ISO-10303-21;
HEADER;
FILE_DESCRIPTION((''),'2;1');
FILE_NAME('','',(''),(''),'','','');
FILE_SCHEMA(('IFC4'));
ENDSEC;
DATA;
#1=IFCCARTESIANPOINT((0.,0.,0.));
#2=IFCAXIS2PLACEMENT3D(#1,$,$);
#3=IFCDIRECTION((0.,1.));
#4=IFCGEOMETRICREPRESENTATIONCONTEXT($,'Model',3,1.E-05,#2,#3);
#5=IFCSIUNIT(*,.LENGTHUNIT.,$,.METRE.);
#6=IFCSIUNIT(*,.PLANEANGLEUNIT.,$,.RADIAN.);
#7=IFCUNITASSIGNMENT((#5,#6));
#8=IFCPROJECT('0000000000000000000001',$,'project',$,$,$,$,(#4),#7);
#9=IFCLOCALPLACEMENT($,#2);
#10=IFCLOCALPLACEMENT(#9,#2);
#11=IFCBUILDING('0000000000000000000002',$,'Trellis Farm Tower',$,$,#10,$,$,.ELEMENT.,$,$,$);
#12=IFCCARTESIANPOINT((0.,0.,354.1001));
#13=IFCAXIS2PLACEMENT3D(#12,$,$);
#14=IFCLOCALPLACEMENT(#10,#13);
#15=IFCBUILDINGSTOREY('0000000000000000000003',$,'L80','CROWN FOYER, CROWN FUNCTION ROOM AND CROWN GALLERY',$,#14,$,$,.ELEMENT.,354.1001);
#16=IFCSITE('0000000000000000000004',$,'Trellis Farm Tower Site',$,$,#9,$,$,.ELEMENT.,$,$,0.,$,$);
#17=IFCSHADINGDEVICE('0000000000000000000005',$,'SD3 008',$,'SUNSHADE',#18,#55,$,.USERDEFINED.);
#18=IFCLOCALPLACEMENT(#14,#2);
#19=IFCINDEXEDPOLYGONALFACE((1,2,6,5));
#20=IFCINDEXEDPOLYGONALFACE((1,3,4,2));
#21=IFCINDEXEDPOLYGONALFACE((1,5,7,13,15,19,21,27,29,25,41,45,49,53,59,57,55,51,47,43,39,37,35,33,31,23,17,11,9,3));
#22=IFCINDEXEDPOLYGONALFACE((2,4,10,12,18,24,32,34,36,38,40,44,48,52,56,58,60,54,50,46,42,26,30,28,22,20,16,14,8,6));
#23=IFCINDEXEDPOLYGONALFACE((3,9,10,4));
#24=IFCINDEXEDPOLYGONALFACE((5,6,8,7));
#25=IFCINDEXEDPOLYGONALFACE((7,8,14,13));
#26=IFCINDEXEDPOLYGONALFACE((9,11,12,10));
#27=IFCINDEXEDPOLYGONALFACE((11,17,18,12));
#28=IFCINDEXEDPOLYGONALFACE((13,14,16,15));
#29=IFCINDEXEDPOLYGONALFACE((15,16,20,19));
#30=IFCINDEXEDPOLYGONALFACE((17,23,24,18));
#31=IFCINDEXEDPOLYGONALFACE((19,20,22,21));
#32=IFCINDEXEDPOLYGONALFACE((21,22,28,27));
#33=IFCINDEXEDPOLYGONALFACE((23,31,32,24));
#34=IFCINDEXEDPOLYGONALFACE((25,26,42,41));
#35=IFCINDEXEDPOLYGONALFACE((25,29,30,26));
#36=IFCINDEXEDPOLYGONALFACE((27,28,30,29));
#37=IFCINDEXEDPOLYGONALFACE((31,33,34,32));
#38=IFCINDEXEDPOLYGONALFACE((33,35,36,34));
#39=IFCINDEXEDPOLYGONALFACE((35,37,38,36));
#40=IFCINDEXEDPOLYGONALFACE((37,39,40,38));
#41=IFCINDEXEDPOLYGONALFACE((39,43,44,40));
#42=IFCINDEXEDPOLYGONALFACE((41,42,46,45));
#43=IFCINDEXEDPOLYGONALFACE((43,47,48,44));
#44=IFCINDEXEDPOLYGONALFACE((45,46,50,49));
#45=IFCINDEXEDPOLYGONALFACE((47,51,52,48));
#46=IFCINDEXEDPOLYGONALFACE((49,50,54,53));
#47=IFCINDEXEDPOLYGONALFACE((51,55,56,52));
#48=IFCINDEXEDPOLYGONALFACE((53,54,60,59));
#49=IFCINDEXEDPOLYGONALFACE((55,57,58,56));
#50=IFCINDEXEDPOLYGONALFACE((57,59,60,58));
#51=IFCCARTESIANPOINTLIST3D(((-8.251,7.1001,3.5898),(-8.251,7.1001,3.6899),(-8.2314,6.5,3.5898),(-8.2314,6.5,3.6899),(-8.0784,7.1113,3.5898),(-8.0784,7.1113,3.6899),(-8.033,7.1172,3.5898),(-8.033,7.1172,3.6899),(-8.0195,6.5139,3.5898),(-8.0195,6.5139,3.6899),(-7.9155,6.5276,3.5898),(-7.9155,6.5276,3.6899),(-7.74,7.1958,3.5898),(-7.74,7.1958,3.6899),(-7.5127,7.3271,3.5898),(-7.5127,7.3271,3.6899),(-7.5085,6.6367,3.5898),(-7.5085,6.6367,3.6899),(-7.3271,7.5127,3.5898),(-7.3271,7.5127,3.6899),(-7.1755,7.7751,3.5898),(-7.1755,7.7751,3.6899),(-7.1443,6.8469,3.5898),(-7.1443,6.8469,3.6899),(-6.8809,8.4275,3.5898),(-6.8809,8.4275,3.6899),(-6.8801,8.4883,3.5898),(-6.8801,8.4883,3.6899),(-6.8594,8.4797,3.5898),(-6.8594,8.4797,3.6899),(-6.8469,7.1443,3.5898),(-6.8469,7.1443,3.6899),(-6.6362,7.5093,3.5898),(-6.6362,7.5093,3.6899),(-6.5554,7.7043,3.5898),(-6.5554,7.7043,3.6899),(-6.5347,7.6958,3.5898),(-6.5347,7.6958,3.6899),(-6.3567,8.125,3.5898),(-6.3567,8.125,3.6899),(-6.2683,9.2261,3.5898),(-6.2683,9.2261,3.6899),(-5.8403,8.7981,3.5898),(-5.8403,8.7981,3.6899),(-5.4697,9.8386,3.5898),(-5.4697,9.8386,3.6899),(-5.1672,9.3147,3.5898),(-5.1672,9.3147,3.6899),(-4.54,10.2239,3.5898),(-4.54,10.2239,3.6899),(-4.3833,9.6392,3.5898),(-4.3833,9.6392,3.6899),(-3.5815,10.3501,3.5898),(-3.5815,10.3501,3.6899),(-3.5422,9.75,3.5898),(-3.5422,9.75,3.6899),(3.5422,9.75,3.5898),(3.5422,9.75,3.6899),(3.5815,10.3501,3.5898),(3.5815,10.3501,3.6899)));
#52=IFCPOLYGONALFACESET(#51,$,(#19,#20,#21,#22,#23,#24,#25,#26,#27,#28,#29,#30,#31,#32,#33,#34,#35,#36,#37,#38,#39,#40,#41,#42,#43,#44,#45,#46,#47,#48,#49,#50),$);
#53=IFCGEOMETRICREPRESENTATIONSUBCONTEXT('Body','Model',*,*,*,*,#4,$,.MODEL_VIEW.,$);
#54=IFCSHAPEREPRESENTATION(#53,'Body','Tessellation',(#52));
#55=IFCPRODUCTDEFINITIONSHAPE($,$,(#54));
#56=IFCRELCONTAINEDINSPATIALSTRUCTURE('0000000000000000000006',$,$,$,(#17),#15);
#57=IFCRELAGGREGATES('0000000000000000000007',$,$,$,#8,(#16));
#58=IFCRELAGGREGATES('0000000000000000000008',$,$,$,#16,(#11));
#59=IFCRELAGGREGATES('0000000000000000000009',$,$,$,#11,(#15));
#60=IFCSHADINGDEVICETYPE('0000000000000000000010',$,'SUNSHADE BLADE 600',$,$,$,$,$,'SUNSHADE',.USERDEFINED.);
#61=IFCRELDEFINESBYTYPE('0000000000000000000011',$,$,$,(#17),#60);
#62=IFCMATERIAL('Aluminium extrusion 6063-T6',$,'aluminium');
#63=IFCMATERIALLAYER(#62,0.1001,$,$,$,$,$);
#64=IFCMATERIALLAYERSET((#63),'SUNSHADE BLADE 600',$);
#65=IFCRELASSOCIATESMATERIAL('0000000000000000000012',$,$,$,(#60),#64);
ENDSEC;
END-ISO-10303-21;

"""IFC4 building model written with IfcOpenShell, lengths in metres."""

from ifc_helpers import new_model, si_unit, direction, frame, origin, place, context, subcontext, project, spatial, polyline, outline, extrude, source, transform, mapped, material, layer, layer_set, type_object, element, save


model = new_model("IFC4")

# Units and contexts
model_context = context("Model", 3, precision=1e-05, world=origin(), true_north=direction((0.0, 1.0)))
body_context = subcontext(model_context, "Body", "Model", "MODEL_VIEW")
ifc_project = project(units=[si_unit("LENGTHUNIT", "METRE"), si_unit("PLANEANGLEUNIT", "RADIAN")], contexts=[model_context])

# Site, building, storey
site_placement = place(None, origin())
site = spatial("IfcSite", under=ifc_project, at=site_placement, Name="Trellis Farm Tower Site", CompositionType="ELEMENT", RefElevation=0.0)
building_placement = place(site_placement, origin())
building = spatial("IfcBuilding", under=site, at=building_placement, Name="Trellis Farm Tower", CompositionType="ELEMENT")
storey_placement = place(building_placement, frame((0.0, 0.0, 354.1001)))
storey = spatial("IfcBuildingStorey", under=building, at=storey_placement, Name="L80", Description="CROWN FOYER, CROWN FUNCTION ROOM AND CROWN GALLERY", CompositionType="ELEMENT", Elevation=354.1001)

# Shared definitions
ifc_material_1 = material(Name="Aluminium extrusion 6063-T6", Category="aluminium")

# Shading device
ifc_layer_1 = layer(ifc_material_1, 0.1001)
ifc_layer_set_1 = layer_set([ifc_layer_1], Name="SUNSHADE BLADE 600")
shading_device_type = type_object("IfcShadingDeviceType", Name="SUNSHADE BLADE 600", ElementType="SUNSHADE", PredefinedType="USERDEFINED", material=ifc_layer_set_1)
placement_1 = place(storey_placement, frame((0.0, 0.0, 3.5898)))
shared_shape_1 = source(origin(), body_context, "Body", "SweptSolid", [
    extrude(outline(polyline([(3.5815, 10.3501), (-3.5815, 10.3501), (-4.54, 10.2239), (-5.4697, 9.8386), (-6.2683, 9.2261), (-6.8809, 8.4275), (-6.8594, 8.4797), (-6.8801, 8.4883), (-7.1755, 7.7751), (-7.3271, 7.5127), (-7.5127, 7.3271), (-7.74, 7.1958), (-8.033, 7.1172), (-8.0784, 7.1113), (-8.251, 7.1001), (-8.2314, 6.5), (-8.0195, 6.5139), (-7.9155, 6.5276), (-7.5085, 6.6367), (-7.1443, 6.8469), (-6.8469, 7.1443), (-6.6362, 7.5093), (-6.5554, 7.7043), (-6.5347, 7.6958), (-6.3567, 8.125), (-5.8403, 8.7981), (-5.1672, 9.3147), (-4.3833, 9.6392), (-3.5422, 9.75), (3.5422, 9.75), (3.5815, 10.3501)])), origin(), (0.0, 0.0, 1.0), 0.1001),
])
element("IfcShadingDevice", 1, at=placement_1, inside=storey, type_object=shading_device_type, Name="SD3 008", ObjectType="SUNSHADE", PredefinedType="USERDEFINED", context=body_context, shape_type="MappedRepresentation", body=[
    mapped(shared_shape_1, transform((0.0, 0.0, 0.0))),
])

save(model, "model.ifc")
